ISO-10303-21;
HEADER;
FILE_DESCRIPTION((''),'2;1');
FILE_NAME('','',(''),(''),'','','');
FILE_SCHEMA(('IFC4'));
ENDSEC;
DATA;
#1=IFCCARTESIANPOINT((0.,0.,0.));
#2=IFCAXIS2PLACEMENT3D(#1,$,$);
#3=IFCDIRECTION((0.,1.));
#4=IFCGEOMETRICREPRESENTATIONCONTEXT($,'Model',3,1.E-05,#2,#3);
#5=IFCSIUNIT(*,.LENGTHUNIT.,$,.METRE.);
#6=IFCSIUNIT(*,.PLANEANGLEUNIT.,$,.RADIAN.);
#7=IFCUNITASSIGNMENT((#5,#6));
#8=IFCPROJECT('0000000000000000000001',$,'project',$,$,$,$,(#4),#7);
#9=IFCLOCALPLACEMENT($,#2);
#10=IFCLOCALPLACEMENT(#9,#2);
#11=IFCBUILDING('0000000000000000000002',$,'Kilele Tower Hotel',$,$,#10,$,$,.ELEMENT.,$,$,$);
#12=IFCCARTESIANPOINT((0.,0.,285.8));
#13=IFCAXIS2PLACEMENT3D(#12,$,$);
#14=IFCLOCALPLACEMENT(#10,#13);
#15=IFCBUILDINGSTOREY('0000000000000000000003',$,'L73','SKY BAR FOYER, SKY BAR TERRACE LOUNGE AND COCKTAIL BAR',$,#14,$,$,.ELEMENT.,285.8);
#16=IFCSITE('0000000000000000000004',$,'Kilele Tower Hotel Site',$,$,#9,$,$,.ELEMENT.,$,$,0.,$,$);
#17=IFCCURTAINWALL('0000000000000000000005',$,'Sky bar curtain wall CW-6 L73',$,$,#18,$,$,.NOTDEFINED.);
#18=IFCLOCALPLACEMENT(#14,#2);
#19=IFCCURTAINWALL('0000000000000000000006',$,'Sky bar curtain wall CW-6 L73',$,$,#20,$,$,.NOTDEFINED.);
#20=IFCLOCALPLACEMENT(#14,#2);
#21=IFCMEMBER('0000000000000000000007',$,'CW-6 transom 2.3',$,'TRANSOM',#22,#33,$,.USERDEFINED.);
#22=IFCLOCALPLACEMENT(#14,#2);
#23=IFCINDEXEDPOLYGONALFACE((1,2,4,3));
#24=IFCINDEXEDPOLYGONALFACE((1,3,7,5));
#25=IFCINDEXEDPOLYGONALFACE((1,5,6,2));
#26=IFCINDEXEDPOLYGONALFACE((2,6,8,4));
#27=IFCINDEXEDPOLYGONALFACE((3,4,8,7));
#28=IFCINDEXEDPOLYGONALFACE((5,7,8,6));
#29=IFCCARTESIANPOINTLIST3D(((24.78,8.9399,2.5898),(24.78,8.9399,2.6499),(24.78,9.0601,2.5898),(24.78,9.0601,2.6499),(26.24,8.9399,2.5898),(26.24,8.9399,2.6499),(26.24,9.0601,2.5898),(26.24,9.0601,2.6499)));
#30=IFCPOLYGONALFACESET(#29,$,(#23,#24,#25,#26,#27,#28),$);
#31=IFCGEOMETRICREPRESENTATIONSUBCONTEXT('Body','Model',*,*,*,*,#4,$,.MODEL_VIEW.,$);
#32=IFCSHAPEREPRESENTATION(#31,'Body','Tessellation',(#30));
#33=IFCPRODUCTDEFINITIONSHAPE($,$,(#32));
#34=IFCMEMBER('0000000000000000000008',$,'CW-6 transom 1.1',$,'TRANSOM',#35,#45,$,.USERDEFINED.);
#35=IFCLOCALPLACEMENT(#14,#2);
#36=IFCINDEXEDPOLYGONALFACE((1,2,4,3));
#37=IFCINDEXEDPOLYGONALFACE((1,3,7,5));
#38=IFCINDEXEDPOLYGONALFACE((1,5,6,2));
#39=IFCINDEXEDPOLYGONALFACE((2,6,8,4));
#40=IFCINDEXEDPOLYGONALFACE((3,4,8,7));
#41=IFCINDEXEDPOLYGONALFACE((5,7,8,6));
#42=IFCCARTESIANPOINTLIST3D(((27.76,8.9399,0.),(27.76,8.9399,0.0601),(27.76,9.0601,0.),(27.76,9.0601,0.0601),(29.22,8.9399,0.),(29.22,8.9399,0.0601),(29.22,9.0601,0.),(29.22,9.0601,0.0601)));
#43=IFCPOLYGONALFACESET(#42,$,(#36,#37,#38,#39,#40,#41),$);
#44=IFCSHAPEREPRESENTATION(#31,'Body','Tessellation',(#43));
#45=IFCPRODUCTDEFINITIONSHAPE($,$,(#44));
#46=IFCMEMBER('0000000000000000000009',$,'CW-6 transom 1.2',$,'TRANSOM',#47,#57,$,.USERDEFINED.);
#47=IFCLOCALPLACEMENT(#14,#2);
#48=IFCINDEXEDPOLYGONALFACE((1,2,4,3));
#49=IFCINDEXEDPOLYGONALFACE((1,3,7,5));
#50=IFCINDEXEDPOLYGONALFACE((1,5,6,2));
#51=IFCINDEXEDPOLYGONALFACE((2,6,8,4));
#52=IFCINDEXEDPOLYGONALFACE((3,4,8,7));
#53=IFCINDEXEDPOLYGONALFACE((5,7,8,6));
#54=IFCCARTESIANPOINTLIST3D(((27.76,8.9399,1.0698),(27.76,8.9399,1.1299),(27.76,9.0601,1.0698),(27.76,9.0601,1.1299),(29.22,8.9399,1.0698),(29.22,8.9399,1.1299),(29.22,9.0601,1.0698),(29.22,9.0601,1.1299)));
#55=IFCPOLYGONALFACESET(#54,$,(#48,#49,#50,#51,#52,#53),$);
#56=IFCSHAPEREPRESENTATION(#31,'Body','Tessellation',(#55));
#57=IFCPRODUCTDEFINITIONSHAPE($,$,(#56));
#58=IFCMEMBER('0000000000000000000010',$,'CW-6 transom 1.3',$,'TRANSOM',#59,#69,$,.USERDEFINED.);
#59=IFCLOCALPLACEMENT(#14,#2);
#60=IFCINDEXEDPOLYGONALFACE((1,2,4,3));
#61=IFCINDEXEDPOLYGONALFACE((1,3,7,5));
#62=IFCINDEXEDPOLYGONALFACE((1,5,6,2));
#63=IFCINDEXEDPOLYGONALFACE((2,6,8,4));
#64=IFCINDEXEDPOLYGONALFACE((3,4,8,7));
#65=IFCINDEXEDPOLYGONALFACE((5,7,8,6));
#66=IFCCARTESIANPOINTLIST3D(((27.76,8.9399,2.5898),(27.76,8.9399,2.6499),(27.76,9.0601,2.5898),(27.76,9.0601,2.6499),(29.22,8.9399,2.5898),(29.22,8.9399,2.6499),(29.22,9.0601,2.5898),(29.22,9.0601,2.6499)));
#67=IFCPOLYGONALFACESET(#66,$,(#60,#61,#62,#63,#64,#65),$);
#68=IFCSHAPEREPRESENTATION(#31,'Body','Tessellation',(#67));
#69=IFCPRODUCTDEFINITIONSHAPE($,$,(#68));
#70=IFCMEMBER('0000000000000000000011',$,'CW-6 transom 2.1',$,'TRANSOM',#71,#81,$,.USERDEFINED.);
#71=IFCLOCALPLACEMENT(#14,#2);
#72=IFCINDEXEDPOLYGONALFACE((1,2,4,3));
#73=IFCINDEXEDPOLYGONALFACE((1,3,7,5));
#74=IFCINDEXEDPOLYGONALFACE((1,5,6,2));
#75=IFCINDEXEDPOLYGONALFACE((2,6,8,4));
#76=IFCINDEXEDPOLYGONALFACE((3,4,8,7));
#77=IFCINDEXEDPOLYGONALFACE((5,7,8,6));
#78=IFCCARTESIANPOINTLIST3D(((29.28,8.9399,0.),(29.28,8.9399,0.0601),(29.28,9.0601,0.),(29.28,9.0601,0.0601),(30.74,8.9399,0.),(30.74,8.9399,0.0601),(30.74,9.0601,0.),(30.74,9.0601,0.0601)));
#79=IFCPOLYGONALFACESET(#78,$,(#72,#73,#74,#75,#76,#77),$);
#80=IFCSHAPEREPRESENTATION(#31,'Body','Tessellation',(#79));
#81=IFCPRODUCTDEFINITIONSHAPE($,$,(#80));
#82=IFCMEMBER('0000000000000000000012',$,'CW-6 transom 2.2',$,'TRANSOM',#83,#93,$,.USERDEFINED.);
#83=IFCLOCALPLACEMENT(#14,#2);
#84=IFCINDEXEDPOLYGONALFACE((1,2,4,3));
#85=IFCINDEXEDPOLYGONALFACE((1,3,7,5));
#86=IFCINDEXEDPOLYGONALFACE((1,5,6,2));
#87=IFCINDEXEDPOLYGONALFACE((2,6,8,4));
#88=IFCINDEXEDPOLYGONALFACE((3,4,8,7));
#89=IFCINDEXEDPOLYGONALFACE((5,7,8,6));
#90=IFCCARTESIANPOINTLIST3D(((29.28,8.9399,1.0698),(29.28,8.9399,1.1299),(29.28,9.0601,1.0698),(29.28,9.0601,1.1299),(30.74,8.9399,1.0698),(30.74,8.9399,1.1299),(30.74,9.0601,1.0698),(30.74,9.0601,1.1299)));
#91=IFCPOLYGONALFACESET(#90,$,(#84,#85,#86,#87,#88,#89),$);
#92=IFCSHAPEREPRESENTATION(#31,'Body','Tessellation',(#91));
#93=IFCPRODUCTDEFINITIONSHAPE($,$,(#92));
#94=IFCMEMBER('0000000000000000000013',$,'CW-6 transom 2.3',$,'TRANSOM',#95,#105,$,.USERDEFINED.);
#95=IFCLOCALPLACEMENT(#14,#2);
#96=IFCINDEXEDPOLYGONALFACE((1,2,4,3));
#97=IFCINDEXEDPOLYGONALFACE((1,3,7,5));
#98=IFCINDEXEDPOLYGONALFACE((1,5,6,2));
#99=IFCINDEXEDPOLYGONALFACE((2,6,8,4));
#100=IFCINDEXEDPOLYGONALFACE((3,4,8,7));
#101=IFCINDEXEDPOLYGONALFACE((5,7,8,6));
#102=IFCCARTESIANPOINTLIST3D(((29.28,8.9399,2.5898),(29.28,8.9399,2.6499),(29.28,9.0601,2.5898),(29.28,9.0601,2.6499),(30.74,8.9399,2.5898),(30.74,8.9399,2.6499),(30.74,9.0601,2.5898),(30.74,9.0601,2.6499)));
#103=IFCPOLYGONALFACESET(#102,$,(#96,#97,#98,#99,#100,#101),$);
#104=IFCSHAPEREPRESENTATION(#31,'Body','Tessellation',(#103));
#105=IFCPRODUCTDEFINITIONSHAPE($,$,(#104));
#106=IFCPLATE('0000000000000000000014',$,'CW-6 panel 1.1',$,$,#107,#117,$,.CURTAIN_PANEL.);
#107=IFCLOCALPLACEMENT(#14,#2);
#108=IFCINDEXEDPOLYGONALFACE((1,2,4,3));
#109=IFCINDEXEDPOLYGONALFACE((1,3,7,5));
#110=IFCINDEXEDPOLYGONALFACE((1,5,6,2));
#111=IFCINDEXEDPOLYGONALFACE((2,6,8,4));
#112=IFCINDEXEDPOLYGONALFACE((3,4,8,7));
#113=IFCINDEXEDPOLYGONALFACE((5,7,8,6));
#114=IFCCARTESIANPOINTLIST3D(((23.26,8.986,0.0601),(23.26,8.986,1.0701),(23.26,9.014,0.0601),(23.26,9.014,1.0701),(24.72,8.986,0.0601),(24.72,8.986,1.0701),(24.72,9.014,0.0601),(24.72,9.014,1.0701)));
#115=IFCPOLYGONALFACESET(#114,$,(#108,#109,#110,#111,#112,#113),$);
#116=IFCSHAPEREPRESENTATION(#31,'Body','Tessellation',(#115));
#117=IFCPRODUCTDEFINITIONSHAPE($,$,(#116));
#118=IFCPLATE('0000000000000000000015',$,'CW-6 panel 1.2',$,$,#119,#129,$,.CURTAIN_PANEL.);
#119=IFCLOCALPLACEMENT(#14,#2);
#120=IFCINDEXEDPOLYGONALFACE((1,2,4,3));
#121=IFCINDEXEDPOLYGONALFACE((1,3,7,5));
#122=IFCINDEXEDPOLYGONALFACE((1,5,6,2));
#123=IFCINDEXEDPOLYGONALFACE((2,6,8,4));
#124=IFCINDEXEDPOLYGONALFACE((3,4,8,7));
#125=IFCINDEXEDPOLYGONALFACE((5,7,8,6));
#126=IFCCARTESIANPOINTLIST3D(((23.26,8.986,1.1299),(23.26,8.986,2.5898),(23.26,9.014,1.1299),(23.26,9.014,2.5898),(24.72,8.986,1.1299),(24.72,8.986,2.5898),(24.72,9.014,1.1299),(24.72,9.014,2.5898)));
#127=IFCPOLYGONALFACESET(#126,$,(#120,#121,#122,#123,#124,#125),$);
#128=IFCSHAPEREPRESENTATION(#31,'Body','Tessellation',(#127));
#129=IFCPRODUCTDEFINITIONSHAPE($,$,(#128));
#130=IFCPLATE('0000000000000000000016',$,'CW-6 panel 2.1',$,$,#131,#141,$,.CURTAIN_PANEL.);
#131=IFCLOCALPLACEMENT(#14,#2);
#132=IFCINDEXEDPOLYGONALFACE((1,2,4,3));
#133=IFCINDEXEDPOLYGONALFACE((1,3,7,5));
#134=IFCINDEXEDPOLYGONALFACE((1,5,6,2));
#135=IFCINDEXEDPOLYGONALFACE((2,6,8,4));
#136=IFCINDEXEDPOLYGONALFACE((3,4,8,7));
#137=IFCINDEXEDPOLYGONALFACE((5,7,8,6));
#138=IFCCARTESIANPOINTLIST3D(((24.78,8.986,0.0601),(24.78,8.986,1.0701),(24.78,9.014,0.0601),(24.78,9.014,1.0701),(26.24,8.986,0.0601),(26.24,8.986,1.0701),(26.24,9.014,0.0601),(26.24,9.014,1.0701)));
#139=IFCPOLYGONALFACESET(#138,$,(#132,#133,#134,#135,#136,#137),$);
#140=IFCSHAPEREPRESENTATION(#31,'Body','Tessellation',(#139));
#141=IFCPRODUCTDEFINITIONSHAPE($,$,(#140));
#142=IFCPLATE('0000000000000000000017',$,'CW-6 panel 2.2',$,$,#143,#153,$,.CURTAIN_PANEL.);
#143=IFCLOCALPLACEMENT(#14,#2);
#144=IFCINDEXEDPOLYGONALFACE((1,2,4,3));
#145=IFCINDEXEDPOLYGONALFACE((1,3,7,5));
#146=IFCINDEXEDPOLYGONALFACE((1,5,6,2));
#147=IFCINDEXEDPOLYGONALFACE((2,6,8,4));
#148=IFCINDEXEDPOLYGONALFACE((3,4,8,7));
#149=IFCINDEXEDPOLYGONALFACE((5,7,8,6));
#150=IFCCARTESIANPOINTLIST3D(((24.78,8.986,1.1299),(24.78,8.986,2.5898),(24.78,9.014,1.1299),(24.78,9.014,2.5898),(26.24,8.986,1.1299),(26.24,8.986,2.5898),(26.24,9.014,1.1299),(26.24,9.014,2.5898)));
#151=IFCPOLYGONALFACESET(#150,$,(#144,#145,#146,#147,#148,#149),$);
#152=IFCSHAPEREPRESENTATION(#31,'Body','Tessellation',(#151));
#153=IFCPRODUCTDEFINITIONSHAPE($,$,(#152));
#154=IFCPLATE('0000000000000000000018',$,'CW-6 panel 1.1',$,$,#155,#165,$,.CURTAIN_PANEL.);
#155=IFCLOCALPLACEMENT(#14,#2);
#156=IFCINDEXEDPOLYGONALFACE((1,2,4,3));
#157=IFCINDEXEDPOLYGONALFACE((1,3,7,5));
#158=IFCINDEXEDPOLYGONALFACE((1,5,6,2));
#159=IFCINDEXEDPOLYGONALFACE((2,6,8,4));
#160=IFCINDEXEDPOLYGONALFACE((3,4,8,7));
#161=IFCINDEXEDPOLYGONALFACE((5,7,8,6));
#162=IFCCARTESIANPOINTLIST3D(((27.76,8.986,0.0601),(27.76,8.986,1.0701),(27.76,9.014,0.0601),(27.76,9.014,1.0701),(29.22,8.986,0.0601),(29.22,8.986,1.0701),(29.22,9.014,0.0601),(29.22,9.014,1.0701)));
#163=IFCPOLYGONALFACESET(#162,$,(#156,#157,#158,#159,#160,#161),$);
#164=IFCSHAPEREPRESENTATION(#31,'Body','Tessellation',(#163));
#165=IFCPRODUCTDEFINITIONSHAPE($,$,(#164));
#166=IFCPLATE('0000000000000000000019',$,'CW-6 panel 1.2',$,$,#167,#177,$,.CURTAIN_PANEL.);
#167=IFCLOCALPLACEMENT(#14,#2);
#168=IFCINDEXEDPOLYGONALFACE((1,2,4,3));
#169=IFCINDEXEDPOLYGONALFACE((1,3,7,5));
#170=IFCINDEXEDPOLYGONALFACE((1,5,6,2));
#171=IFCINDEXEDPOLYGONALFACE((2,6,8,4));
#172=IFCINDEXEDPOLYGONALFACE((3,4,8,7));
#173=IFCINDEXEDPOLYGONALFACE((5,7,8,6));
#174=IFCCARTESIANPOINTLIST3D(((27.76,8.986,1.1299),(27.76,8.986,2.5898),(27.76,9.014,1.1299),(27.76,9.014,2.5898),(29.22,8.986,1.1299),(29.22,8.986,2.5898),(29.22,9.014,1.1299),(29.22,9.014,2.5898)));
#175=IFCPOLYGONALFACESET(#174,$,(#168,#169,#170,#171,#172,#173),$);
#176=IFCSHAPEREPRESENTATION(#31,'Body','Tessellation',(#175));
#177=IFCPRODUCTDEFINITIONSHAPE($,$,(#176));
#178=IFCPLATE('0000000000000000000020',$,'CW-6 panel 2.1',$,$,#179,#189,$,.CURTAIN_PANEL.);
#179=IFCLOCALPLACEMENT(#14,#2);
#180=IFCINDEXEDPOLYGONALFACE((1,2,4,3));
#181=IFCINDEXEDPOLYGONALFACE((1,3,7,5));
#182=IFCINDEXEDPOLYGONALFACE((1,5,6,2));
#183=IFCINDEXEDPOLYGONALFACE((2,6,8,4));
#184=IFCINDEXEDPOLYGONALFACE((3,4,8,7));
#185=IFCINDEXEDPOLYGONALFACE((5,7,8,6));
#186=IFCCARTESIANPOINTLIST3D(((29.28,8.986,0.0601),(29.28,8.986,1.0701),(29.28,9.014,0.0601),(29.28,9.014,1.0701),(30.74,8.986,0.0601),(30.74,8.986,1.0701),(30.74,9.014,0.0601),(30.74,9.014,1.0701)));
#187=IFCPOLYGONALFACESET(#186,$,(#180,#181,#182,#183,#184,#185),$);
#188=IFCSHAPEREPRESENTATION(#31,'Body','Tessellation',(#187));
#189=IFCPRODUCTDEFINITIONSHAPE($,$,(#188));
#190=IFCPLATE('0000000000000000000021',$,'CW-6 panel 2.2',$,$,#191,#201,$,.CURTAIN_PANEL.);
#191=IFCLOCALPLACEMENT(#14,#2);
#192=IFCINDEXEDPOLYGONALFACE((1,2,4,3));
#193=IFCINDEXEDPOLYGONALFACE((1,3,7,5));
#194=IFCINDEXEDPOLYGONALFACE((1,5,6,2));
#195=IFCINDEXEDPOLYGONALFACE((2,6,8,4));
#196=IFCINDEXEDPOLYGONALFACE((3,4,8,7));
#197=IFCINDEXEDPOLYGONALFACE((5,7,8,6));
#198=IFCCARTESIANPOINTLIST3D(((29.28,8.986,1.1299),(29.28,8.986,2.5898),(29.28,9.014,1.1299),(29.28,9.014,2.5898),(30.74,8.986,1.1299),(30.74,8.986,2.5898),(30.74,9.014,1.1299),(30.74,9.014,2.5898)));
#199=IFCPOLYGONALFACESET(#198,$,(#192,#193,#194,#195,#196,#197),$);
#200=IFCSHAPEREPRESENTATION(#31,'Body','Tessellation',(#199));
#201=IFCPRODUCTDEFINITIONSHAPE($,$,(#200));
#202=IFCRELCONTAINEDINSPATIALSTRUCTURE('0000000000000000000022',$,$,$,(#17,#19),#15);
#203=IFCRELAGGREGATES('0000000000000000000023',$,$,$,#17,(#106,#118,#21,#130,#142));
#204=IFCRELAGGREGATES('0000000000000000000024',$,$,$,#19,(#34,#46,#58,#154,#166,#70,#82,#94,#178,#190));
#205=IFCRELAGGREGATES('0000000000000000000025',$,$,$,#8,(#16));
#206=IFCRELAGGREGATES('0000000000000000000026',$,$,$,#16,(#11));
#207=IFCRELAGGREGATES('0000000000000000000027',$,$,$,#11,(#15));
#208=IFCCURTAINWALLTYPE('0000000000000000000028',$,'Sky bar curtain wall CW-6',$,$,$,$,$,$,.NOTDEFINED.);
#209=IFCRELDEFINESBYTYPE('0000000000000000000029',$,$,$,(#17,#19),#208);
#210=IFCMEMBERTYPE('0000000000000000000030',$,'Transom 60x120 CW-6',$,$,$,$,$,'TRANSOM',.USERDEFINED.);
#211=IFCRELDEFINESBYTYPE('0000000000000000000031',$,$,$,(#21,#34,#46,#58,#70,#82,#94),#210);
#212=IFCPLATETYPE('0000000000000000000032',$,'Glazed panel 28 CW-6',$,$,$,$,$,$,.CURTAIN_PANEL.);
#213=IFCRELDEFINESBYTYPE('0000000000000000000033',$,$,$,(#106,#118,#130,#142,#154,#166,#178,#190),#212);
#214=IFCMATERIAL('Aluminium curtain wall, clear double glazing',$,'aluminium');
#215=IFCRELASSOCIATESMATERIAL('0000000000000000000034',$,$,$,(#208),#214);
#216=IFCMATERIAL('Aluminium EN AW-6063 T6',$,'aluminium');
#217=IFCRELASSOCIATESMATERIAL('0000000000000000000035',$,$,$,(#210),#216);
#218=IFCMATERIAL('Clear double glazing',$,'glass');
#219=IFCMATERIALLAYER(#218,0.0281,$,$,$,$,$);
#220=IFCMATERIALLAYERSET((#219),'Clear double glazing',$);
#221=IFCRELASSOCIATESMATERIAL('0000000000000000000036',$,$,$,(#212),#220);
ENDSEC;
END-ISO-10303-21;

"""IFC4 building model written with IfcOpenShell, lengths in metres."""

from ifc_helpers import new_model, si_unit, direction, frame, origin, origin_2d, place, context, subcontext, project, spatial, rectangle, extrude, material, layer, layer_set, material_profile, profile_set, type_object, element, aggregate, save


model = new_model("IFC4")

# Units and contexts
model_context = context("Model", 3, precision=1e-05, world=origin(), true_north=direction((0.0, 1.0)))
body_context = subcontext(model_context, "Body", "Model", "MODEL_VIEW")
ifc_project = project(units=[si_unit("LENGTHUNIT", "METRE"), si_unit("PLANEANGLEUNIT", "RADIAN")], contexts=[model_context])

# Site, building, storey
site_placement = place(None, origin())
site = spatial("IfcSite", under=ifc_project, at=site_placement, Name="Kilele Tower Hotel Site", CompositionType="ELEMENT", RefElevation=0.0)
building_placement = place(site_placement, origin())
building = spatial("IfcBuilding", under=site, at=building_placement, Name="Kilele Tower Hotel", CompositionType="ELEMENT")
storey_placement = place(building_placement, frame((0.0, 0.0, 285.8)))
storey = spatial("IfcBuildingStorey", under=building, at=storey_placement, Name="L73", Description="SKY BAR FOYER, SKY BAR TERRACE LOUNGE AND COCKTAIL BAR", CompositionType="ELEMENT", Elevation=285.8)

# Curtain walls
ifc_material_1 = material(Name="Aluminium curtain wall, clear double glazing", Category="aluminium")
curtain_wall_type = type_object("IfcCurtainWallType", Name="Sky bar curtain wall CW-6", PredefinedType="NOTDEFINED", material=ifc_material_1)
curtain_wall_1_placement = place(storey_placement, origin())
curtain_wall_1 = element("IfcCurtainWall", 1, at=curtain_wall_1_placement, inside=storey, type_object=curtain_wall_type, Name="Sky bar curtain wall CW-6 L73", PredefinedType="NOTDEFINED")
curtain_wall_2_placement = place(storey_placement, origin())
curtain_wall_2 = element("IfcCurtainWall", 2, at=curtain_wall_2_placement, inside=storey, type_object=curtain_wall_type, Name="Sky bar curtain wall CW-6 L73", PredefinedType="NOTDEFINED")

# Members
ifc_material_2 = material(Name="Aluminium EN AW-6063 T6", Category="aluminium")
ifc_material_profile_1 = material_profile(ifc_material_2, rectangle(XDim=0.1201, YDim=0.0601, at=origin_2d()))
ifc_profile_set_1 = profile_set([ifc_material_profile_1], Name="Aluminium EN AW-6063 T6")
member_type_1 = type_object("IfcMemberType", Name="Transom 60x120 CW-6", ElementType="TRANSOM", PredefinedType="USERDEFINED", material=ifc_profile_set_1)
member_1_placement = place(storey_placement, frame((24.78, 9.0, 2.6199), z_axis=(1.0, 0.0, 0.0), x_axis=(0.0, 1.0, 0.0)))
member_1 = element("IfcMember", 3, at=member_1_placement, type_object=member_type_1, Name="CW-6 transom 2.3", ObjectType="TRANSOM", PredefinedType="USERDEFINED", context=body_context, shape_type="SweptSolid", body=[
    extrude(rectangle(XDim=0.1201, YDim=0.0601, at=origin_2d()), origin(), (0.0, 0.0, 1.0), 1.46),
])
member_2_placement = place(storey_placement, frame((27.76, 9.0, 0.03), z_axis=(1.0, 0.0, 0.0), x_axis=(0.0, 1.0, 0.0)))
member_2 = element("IfcMember", 4, at=member_2_placement, type_object=member_type_1, Name="CW-6 transom 1.1", ObjectType="TRANSOM", PredefinedType="USERDEFINED", context=body_context, shape_type="SweptSolid", body=[
    extrude(rectangle(XDim=0.1201, YDim=0.0601, at=origin_2d()), origin(), (0.0, 0.0, 1.0), 1.46),
])
member_3_placement = place(storey_placement, frame((27.76, 9.0, 1.0999), z_axis=(1.0, 0.0, 0.0), x_axis=(0.0, 1.0, 0.0)))
member_3 = element("IfcMember", 5, at=member_3_placement, type_object=member_type_1, Name="CW-6 transom 1.2", ObjectType="TRANSOM", PredefinedType="USERDEFINED", context=body_context, shape_type="SweptSolid", body=[
    extrude(rectangle(XDim=0.1201, YDim=0.0601, at=origin_2d()), origin(), (0.0, 0.0, 1.0), 1.46),
])
member_4_placement = place(storey_placement, frame((27.76, 9.0, 2.6199), z_axis=(1.0, 0.0, 0.0), x_axis=(0.0, 1.0, 0.0)))
member_4 = element("IfcMember", 6, at=member_4_placement, type_object=member_type_1, Name="CW-6 transom 1.3", ObjectType="TRANSOM", PredefinedType="USERDEFINED", context=body_context, shape_type="SweptSolid", body=[
    extrude(rectangle(XDim=0.1201, YDim=0.0601, at=origin_2d()), origin(), (0.0, 0.0, 1.0), 1.46),
])
member_5_placement = place(storey_placement, frame((29.28, 9.0, 0.03), z_axis=(1.0, 0.0, 0.0), x_axis=(0.0, 1.0, 0.0)))
member_5 = element("IfcMember", 7, at=member_5_placement, type_object=member_type_1, Name="CW-6 transom 2.1", ObjectType="TRANSOM", PredefinedType="USERDEFINED", context=body_context, shape_type="SweptSolid", body=[
    extrude(rectangle(XDim=0.1201, YDim=0.0601, at=origin_2d()), origin(), (0.0, 0.0, 1.0), 1.46),
])
member_6_placement = place(storey_placement, frame((29.28, 9.0, 1.0999), z_axis=(1.0, 0.0, 0.0), x_axis=(0.0, 1.0, 0.0)))
member_6 = element("IfcMember", 8, at=member_6_placement, type_object=member_type_1, Name="CW-6 transom 2.2", ObjectType="TRANSOM", PredefinedType="USERDEFINED", context=body_context, shape_type="SweptSolid", body=[
    extrude(rectangle(XDim=0.1201, YDim=0.0601, at=origin_2d()), origin(), (0.0, 0.0, 1.0), 1.46),
])
member_7_placement = place(storey_placement, frame((29.28, 9.0, 2.6199), z_axis=(1.0, 0.0, 0.0), x_axis=(0.0, 1.0, 0.0)))
member_7 = element("IfcMember", 9, at=member_7_placement, type_object=member_type_1, Name="CW-6 transom 2.3", ObjectType="TRANSOM", PredefinedType="USERDEFINED", context=body_context, shape_type="SweptSolid", body=[
    extrude(rectangle(XDim=0.1201, YDim=0.0601, at=origin_2d()), origin(), (0.0, 0.0, 1.0), 1.46),
])

# Plates
ifc_material_3 = material(Name="Clear double glazing", Category="glass")
ifc_layer_1 = layer(ifc_material_3, 0.0281)
ifc_layer_set_1 = layer_set([ifc_layer_1], Name="Clear double glazing")
plate_type = type_object("IfcPlateType", Name="Glazed panel 28 CW-6", PredefinedType="CURTAIN_PANEL", material=ifc_layer_set_1)
plate_1_placement = place(storey_placement, frame((23.99, 9.0, 0.0601), z_axis=(0.0, 0.0, 1.0), x_axis=(1.0, 0.0, 0.0)))
plate_1 = element("IfcPlate", 10, at=plate_1_placement, type_object=plate_type, Name="CW-6 panel 1.1", PredefinedType="CURTAIN_PANEL", context=body_context, shape_type="SweptSolid", body=[
    extrude(rectangle(XDim=1.46, YDim=0.0281, at=origin_2d()), origin(), (0.0, 0.0, 1.0), 1.01),
])
plate_2_placement = place(storey_placement, frame((23.99, 9.0, 1.1299), z_axis=(0.0, 0.0, 1.0), x_axis=(1.0, 0.0, 0.0)))
plate_2 = element("IfcPlate", 11, at=plate_2_placement, type_object=plate_type, Name="CW-6 panel 1.2", PredefinedType="CURTAIN_PANEL", context=body_context, shape_type="SweptSolid", body=[
    extrude(rectangle(XDim=1.46, YDim=0.0281, at=origin_2d()), origin(), (0.0, 0.0, 1.0), 1.46),
])
plate_3_placement = place(storey_placement, frame((25.51, 9.0, 0.0601), z_axis=(0.0, 0.0, 1.0), x_axis=(1.0, 0.0, 0.0)))
plate_3 = element("IfcPlate", 12, at=plate_3_placement, type_object=plate_type, Name="CW-6 panel 2.1", PredefinedType="CURTAIN_PANEL", context=body_context, shape_type="SweptSolid", body=[
    extrude(rectangle(XDim=1.46, YDim=0.0281, at=origin_2d()), origin(), (0.0, 0.0, 1.0), 1.01),
])
plate_4_placement = place(storey_placement, frame((25.51, 9.0, 1.1299), z_axis=(0.0, 0.0, 1.0), x_axis=(1.0, 0.0, 0.0)))
plate_4 = element("IfcPlate", 13, at=plate_4_placement, type_object=plate_type, Name="CW-6 panel 2.2", PredefinedType="CURTAIN_PANEL", context=body_context, shape_type="SweptSolid", body=[
    extrude(rectangle(XDim=1.46, YDim=0.0281, at=origin_2d()), origin(), (0.0, 0.0, 1.0), 1.46),
])
aggregate(curtain_wall_1, [plate_1, plate_2, member_1, plate_3, plate_4])
plate_5_placement = place(storey_placement, frame((28.49, 9.0, 0.0601), z_axis=(0.0, 0.0, 1.0), x_axis=(1.0, 0.0, 0.0)))
plate_5 = element("IfcPlate", 14, at=plate_5_placement, type_object=plate_type, Name="CW-6 panel 1.1", PredefinedType="CURTAIN_PANEL", context=body_context, shape_type="SweptSolid", body=[
    extrude(rectangle(XDim=1.46, YDim=0.0281, at=origin_2d()), origin(), (0.0, 0.0, 1.0), 1.01),
])
plate_6_placement = place(storey_placement, frame((28.49, 9.0, 1.1299), z_axis=(0.0, 0.0, 1.0), x_axis=(1.0, 0.0, 0.0)))
plate_6 = element("IfcPlate", 15, at=plate_6_placement, type_object=plate_type, Name="CW-6 panel 1.2", PredefinedType="CURTAIN_PANEL", context=body_context, shape_type="SweptSolid", body=[
    extrude(rectangle(XDim=1.46, YDim=0.0281, at=origin_2d()), origin(), (0.0, 0.0, 1.0), 1.46),
])
plate_7_placement = place(storey_placement, frame((30.01, 9.0, 0.0601), z_axis=(0.0, 0.0, 1.0), x_axis=(1.0, 0.0, 0.0)))
plate_7 = element("IfcPlate", 16, at=plate_7_placement, type_object=plate_type, Name="CW-6 panel 2.1", PredefinedType="CURTAIN_PANEL", context=body_context, shape_type="SweptSolid", body=[
    extrude(rectangle(XDim=1.46, YDim=0.0281, at=origin_2d()), origin(), (0.0, 0.0, 1.0), 1.01),
])
plate_8_placement = place(storey_placement, frame((30.01, 9.0, 1.1299), z_axis=(0.0, 0.0, 1.0), x_axis=(1.0, 0.0, 0.0)))
plate_8 = element("IfcPlate", 17, at=plate_8_placement, type_object=plate_type, Name="CW-6 panel 2.2", PredefinedType="CURTAIN_PANEL", context=body_context, shape_type="SweptSolid", body=[
    extrude(rectangle(XDim=1.46, YDim=0.0281, at=origin_2d()), origin(), (0.0, 0.0, 1.0), 1.46),
])
aggregate(curtain_wall_2, [member_2, member_3, member_4, plate_5, plate_6, member_5, member_6, member_7, plate_7, plate_8])

save(model, "model.ifc")
